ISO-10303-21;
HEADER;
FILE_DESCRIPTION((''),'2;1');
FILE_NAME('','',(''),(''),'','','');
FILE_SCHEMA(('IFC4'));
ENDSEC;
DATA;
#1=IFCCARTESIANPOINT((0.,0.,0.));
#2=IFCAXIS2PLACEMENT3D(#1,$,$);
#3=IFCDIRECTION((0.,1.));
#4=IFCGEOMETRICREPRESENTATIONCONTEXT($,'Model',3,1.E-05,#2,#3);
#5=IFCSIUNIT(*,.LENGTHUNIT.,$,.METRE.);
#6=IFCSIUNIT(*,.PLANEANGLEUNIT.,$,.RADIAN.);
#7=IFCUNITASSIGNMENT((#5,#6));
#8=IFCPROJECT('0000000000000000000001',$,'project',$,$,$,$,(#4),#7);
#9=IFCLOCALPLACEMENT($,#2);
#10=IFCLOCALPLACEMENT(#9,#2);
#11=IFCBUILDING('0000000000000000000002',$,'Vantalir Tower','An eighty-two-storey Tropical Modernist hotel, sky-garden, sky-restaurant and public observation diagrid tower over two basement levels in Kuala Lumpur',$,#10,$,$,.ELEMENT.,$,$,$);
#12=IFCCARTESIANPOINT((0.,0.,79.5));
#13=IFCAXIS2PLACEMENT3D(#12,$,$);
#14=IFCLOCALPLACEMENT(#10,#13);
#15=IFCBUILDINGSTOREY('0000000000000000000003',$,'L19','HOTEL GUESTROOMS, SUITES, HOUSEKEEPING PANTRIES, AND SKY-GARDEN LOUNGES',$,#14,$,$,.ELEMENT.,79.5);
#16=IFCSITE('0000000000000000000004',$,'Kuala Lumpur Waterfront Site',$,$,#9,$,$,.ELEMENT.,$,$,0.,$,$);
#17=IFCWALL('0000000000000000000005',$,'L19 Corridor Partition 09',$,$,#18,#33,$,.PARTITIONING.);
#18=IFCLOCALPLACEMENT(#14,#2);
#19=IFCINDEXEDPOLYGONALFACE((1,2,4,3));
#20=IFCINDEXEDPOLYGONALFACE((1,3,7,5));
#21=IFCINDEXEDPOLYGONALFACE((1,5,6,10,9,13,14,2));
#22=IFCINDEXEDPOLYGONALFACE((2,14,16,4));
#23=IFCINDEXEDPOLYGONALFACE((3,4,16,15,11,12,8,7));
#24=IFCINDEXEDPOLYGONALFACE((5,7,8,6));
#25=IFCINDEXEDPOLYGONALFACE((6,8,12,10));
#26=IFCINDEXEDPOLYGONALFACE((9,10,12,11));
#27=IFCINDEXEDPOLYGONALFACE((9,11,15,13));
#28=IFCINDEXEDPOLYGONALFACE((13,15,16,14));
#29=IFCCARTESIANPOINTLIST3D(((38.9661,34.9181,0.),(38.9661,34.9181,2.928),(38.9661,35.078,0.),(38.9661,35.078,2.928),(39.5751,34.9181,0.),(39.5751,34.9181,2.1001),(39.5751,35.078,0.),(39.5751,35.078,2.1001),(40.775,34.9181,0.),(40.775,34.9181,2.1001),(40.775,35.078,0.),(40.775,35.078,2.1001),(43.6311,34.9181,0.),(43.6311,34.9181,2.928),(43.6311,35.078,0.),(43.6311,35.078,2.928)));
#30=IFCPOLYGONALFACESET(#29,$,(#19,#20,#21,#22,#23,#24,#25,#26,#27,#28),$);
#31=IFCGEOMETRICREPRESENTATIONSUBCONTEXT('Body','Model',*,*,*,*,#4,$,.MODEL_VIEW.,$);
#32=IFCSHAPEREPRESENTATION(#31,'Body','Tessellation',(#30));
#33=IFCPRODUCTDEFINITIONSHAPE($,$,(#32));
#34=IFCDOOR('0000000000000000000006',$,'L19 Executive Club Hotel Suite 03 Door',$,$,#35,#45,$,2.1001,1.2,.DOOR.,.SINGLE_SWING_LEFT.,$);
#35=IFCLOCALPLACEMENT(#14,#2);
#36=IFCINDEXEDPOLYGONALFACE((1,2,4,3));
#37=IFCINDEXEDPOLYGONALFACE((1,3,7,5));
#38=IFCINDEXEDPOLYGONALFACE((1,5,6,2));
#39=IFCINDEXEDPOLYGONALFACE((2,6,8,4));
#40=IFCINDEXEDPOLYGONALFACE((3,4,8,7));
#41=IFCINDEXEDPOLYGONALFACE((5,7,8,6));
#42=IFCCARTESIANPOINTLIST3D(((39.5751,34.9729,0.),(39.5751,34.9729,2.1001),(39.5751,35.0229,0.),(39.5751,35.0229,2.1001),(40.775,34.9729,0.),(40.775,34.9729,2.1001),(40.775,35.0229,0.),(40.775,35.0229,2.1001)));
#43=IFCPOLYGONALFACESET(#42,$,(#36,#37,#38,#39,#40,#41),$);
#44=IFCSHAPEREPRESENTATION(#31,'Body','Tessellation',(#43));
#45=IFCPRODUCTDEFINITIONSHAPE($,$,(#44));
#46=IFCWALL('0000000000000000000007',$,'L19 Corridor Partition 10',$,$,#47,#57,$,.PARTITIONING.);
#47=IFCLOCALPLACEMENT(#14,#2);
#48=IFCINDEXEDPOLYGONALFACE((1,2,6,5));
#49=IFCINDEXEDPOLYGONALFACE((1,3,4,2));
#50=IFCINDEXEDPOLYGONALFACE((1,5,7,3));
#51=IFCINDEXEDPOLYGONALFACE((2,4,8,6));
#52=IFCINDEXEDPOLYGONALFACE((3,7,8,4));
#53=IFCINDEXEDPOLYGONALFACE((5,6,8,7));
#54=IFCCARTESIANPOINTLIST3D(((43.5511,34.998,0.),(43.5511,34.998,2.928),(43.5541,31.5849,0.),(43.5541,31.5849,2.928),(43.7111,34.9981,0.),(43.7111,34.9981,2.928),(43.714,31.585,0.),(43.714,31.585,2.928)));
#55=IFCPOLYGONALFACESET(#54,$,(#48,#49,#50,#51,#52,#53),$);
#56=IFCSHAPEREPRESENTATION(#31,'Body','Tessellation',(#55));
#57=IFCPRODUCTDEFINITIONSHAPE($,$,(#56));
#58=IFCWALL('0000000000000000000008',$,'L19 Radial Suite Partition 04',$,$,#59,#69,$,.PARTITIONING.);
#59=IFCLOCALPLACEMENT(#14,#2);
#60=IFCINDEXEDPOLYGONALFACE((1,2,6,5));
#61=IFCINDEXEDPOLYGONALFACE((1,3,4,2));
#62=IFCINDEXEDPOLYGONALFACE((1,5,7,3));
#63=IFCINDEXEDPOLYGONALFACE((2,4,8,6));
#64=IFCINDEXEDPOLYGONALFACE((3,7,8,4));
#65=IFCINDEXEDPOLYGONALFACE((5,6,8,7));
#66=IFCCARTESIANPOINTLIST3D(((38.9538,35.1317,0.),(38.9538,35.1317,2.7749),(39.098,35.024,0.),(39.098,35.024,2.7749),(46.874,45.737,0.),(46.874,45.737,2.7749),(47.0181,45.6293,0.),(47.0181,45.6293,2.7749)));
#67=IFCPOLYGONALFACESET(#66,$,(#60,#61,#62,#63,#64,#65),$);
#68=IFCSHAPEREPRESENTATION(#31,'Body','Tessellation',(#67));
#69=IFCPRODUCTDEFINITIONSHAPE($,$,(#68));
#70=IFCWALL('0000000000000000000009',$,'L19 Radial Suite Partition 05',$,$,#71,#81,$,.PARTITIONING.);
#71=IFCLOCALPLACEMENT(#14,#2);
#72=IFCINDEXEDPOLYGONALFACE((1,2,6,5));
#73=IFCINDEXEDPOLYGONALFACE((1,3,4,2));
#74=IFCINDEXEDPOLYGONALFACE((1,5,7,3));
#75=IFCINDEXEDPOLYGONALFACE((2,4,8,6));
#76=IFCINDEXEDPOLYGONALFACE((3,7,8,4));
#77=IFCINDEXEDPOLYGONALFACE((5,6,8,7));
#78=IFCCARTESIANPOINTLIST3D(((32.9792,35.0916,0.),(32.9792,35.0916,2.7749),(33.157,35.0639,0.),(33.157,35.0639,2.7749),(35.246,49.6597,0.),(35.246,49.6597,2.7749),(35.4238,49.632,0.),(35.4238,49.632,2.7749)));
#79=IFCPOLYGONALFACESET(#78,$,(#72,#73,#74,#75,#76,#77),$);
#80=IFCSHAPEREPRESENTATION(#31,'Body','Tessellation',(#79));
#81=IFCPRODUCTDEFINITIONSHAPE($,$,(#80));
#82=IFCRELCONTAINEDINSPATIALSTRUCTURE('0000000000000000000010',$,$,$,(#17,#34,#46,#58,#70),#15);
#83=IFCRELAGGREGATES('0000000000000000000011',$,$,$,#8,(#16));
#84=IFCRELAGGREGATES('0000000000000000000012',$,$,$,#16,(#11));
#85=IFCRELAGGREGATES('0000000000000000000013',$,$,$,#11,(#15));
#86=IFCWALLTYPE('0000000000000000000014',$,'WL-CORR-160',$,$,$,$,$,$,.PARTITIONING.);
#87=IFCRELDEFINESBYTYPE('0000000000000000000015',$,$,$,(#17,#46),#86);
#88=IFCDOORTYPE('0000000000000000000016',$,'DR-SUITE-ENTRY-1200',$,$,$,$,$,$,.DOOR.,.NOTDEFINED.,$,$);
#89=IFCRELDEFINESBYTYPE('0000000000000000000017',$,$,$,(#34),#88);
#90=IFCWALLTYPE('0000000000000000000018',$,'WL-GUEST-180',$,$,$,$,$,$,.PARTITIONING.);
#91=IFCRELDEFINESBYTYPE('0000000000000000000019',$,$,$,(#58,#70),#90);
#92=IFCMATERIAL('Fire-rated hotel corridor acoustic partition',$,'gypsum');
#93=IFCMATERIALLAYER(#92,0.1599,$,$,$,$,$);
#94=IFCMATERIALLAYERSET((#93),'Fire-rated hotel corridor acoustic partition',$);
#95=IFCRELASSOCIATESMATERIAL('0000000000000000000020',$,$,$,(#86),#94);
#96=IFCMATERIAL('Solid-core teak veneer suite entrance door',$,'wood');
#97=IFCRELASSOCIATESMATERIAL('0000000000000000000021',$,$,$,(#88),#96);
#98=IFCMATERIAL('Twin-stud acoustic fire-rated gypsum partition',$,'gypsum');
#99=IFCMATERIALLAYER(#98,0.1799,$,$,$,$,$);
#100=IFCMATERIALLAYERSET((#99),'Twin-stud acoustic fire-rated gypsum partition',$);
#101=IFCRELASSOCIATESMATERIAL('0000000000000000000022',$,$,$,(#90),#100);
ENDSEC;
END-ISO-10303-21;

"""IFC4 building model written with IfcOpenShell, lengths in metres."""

from ifc_helpers import new_model, si_unit, direction, frame, frame_2d, origin, place, context, subcontext, project, spatial, rectangle, extrude, material, layer, layer_set, type_object, element, fill, save


model = new_model("IFC4")

# Units and contexts
model_context = context("Model", 3, precision=1e-05, world=origin(), true_north=direction((0.0, 1.0)))
body_context = subcontext(model_context, "Body", "Model", "MODEL_VIEW")
ifc_project = project(units=[si_unit("LENGTHUNIT", "METRE"), si_unit("PLANEANGLEUNIT", "RADIAN")], contexts=[model_context])

# Site, building, storey
site_placement = place(None, origin())
site = spatial("IfcSite", under=ifc_project, at=site_placement, Name="Kuala Lumpur Waterfront Site", CompositionType="ELEMENT", RefElevation=0.0)
building_placement = place(site_placement, origin())
building = spatial("IfcBuilding", under=site, at=building_placement, Name="Vantalir Tower", Description="An eighty-two-storey Tropical Modernist hotel, sky-garden, sky-restaurant and public observation diagrid tower over two basement levels in Kuala Lumpur", CompositionType="ELEMENT")
storey_placement = place(building_placement, frame((0.0, 0.0, 79.5)))
storey = spatial("IfcBuildingStorey", under=building, at=storey_placement, Name="L19", Description="HOTEL GUESTROOMS, SUITES, HOUSEKEEPING PANTRIES, AND SKY-GARDEN LOUNGES", CompositionType="ELEMENT", Elevation=79.5)

# Wall, opening, door
ifc_material_1 = material(Name="Fire-rated hotel corridor acoustic partition", Category="gypsum")
ifc_layer_1 = layer(ifc_material_1, 0.1599)
ifc_layer_set_1 = layer_set([ifc_layer_1], Name="Fire-rated hotel corridor acoustic partition")
wall_type_1 = type_object("IfcWallType", Name="WL-CORR-160", PredefinedType="PARTITIONING", material=ifc_layer_set_1)
ifc_material_2 = material(Name="Solid-core teak veneer suite entrance door", Category="wood")
door_type_1 = type_object("IfcDoorType", Name="DR-SUITE-ENTRY-1200", OperationType="NOTDEFINED", PredefinedType="DOOR", material=ifc_material_2)
wall_1_placement = place(storey_placement, frame((38.9661, 34.998, 0.0), z_axis=(0.0, 0.0, 1.0), x_axis=(1.0, 0.0, 0.0)))
wall_1 = element("IfcWall", 1, at=wall_1_placement, inside=storey, type_object=wall_type_1, Name="L19 Corridor Partition 09", PredefinedType="PARTITIONING", context=body_context, shape_type="SweptSolid", body=[
    extrude(rectangle(XDim=4.665, YDim=0.1599, at=frame_2d((2.3325, 0.0))), origin(), (0.0, 0.0, 1.0), 2.928),
])
opening_1_placement = place(wall_1_placement, frame((0.6089, 0.0, 0.0)))
opening_1 = element("IfcOpeningElement", 2, at=opening_1_placement, cuts=wall_1, PredefinedType="OPENING", context=body_context, shape_type="SweptSolid", body=[
    extrude(rectangle(XDim=1.2, YDim=2.1001, at=frame_2d((0.6001, 1.05))), frame((0.0, 0.0898, 0.0), z_axis=(0.0, -1.0, 0.0), x_axis=(1.0, 0.0, 0.0)), (0.0, 0.0, 1.0), 0.1799),
])
door_1_placement = place(opening_1_placement, origin())
door_1 = element("IfcDoor", 3, at=door_1_placement, inside=storey, type_object=door_type_1, Name="L19 Executive Club Hotel Suite 03 Door", OperationType="SINGLE_SWING_LEFT", OverallHeight=2.1001, OverallWidth=1.2, PredefinedType="DOOR", context=body_context, shape_type="SweptSolid", body=[
    extrude(rectangle(XDim=1.2, YDim=2.1001, at=frame_2d((0.6001, 1.05))), frame((0.0, 0.0249, 0.0), z_axis=(0.0, -1.0, 0.0), x_axis=(1.0, 0.0, 0.0)), (0.0, 0.0, 1.0), 0.05),
])
fill(opening_1, door_1)

# Walls
wall_2_placement = place(storey_placement, frame((43.6311, 34.998, 0.0), z_axis=(0.0, 0.0, 1.0), x_axis=(0.000858, -1.0, 0.0)))
element("IfcWall", 4, at=wall_2_placement, inside=storey, type_object=wall_type_1, Name="L19 Corridor Partition 10", PredefinedType="PARTITIONING", context=body_context, shape_type="SweptSolid", body=[
    extrude(rectangle(XDim=3.4131, YDim=0.1599, at=frame_2d((1.7065, 0.0))), origin(), (0.0, 0.0, 1.0), 2.928),
])
ifc_material_3 = material(Name="Twin-stud acoustic fire-rated gypsum partition", Category="gypsum")
ifc_layer_2 = layer(ifc_material_3, 0.1799)
ifc_layer_set_2 = layer_set([ifc_layer_2], Name="Twin-stud acoustic fire-rated gypsum partition")
wall_type_2 = type_object("IfcWallType", Name="WL-GUEST-180", PredefinedType="PARTITIONING", material=ifc_layer_set_2)
wall_3_placement = place(storey_placement, frame((39.0259, 35.0779, 0.0), z_axis=(0.0, 0.0, 1.0), x_axis=(0.598367, 0.801222, 0.0)))
element("IfcWall", 5, at=wall_3_placement, inside=storey, type_object=wall_type_2, Name="L19 Radial Suite Partition 04", PredefinedType="PARTITIONING", context=body_context, shape_type="SweptSolid", body=[
    extrude(rectangle(XDim=13.2363, YDim=0.1799, at=frame_2d((6.6182, 0.0))), origin(), (0.0, 0.0, 1.0), 2.7749),
])
wall_4_placement = place(storey_placement, frame((33.0681, 35.0779, 0.0), z_axis=(0.0, 0.0, 1.0), x_axis=(0.153753, 0.988109, 0.0)))
element("IfcWall", 6, at=wall_4_placement, inside=storey, type_object=wall_type_2, Name="L19 Radial Suite Partition 05", PredefinedType="PARTITIONING", context=body_context, shape_type="SweptSolid", body=[
    extrude(rectangle(XDim=14.7434, YDim=0.1799, at=frame_2d((7.3716, 0.0))), origin(), (0.0, 0.0, 1.0), 2.7749),
])

save(model, "model.ifc")
